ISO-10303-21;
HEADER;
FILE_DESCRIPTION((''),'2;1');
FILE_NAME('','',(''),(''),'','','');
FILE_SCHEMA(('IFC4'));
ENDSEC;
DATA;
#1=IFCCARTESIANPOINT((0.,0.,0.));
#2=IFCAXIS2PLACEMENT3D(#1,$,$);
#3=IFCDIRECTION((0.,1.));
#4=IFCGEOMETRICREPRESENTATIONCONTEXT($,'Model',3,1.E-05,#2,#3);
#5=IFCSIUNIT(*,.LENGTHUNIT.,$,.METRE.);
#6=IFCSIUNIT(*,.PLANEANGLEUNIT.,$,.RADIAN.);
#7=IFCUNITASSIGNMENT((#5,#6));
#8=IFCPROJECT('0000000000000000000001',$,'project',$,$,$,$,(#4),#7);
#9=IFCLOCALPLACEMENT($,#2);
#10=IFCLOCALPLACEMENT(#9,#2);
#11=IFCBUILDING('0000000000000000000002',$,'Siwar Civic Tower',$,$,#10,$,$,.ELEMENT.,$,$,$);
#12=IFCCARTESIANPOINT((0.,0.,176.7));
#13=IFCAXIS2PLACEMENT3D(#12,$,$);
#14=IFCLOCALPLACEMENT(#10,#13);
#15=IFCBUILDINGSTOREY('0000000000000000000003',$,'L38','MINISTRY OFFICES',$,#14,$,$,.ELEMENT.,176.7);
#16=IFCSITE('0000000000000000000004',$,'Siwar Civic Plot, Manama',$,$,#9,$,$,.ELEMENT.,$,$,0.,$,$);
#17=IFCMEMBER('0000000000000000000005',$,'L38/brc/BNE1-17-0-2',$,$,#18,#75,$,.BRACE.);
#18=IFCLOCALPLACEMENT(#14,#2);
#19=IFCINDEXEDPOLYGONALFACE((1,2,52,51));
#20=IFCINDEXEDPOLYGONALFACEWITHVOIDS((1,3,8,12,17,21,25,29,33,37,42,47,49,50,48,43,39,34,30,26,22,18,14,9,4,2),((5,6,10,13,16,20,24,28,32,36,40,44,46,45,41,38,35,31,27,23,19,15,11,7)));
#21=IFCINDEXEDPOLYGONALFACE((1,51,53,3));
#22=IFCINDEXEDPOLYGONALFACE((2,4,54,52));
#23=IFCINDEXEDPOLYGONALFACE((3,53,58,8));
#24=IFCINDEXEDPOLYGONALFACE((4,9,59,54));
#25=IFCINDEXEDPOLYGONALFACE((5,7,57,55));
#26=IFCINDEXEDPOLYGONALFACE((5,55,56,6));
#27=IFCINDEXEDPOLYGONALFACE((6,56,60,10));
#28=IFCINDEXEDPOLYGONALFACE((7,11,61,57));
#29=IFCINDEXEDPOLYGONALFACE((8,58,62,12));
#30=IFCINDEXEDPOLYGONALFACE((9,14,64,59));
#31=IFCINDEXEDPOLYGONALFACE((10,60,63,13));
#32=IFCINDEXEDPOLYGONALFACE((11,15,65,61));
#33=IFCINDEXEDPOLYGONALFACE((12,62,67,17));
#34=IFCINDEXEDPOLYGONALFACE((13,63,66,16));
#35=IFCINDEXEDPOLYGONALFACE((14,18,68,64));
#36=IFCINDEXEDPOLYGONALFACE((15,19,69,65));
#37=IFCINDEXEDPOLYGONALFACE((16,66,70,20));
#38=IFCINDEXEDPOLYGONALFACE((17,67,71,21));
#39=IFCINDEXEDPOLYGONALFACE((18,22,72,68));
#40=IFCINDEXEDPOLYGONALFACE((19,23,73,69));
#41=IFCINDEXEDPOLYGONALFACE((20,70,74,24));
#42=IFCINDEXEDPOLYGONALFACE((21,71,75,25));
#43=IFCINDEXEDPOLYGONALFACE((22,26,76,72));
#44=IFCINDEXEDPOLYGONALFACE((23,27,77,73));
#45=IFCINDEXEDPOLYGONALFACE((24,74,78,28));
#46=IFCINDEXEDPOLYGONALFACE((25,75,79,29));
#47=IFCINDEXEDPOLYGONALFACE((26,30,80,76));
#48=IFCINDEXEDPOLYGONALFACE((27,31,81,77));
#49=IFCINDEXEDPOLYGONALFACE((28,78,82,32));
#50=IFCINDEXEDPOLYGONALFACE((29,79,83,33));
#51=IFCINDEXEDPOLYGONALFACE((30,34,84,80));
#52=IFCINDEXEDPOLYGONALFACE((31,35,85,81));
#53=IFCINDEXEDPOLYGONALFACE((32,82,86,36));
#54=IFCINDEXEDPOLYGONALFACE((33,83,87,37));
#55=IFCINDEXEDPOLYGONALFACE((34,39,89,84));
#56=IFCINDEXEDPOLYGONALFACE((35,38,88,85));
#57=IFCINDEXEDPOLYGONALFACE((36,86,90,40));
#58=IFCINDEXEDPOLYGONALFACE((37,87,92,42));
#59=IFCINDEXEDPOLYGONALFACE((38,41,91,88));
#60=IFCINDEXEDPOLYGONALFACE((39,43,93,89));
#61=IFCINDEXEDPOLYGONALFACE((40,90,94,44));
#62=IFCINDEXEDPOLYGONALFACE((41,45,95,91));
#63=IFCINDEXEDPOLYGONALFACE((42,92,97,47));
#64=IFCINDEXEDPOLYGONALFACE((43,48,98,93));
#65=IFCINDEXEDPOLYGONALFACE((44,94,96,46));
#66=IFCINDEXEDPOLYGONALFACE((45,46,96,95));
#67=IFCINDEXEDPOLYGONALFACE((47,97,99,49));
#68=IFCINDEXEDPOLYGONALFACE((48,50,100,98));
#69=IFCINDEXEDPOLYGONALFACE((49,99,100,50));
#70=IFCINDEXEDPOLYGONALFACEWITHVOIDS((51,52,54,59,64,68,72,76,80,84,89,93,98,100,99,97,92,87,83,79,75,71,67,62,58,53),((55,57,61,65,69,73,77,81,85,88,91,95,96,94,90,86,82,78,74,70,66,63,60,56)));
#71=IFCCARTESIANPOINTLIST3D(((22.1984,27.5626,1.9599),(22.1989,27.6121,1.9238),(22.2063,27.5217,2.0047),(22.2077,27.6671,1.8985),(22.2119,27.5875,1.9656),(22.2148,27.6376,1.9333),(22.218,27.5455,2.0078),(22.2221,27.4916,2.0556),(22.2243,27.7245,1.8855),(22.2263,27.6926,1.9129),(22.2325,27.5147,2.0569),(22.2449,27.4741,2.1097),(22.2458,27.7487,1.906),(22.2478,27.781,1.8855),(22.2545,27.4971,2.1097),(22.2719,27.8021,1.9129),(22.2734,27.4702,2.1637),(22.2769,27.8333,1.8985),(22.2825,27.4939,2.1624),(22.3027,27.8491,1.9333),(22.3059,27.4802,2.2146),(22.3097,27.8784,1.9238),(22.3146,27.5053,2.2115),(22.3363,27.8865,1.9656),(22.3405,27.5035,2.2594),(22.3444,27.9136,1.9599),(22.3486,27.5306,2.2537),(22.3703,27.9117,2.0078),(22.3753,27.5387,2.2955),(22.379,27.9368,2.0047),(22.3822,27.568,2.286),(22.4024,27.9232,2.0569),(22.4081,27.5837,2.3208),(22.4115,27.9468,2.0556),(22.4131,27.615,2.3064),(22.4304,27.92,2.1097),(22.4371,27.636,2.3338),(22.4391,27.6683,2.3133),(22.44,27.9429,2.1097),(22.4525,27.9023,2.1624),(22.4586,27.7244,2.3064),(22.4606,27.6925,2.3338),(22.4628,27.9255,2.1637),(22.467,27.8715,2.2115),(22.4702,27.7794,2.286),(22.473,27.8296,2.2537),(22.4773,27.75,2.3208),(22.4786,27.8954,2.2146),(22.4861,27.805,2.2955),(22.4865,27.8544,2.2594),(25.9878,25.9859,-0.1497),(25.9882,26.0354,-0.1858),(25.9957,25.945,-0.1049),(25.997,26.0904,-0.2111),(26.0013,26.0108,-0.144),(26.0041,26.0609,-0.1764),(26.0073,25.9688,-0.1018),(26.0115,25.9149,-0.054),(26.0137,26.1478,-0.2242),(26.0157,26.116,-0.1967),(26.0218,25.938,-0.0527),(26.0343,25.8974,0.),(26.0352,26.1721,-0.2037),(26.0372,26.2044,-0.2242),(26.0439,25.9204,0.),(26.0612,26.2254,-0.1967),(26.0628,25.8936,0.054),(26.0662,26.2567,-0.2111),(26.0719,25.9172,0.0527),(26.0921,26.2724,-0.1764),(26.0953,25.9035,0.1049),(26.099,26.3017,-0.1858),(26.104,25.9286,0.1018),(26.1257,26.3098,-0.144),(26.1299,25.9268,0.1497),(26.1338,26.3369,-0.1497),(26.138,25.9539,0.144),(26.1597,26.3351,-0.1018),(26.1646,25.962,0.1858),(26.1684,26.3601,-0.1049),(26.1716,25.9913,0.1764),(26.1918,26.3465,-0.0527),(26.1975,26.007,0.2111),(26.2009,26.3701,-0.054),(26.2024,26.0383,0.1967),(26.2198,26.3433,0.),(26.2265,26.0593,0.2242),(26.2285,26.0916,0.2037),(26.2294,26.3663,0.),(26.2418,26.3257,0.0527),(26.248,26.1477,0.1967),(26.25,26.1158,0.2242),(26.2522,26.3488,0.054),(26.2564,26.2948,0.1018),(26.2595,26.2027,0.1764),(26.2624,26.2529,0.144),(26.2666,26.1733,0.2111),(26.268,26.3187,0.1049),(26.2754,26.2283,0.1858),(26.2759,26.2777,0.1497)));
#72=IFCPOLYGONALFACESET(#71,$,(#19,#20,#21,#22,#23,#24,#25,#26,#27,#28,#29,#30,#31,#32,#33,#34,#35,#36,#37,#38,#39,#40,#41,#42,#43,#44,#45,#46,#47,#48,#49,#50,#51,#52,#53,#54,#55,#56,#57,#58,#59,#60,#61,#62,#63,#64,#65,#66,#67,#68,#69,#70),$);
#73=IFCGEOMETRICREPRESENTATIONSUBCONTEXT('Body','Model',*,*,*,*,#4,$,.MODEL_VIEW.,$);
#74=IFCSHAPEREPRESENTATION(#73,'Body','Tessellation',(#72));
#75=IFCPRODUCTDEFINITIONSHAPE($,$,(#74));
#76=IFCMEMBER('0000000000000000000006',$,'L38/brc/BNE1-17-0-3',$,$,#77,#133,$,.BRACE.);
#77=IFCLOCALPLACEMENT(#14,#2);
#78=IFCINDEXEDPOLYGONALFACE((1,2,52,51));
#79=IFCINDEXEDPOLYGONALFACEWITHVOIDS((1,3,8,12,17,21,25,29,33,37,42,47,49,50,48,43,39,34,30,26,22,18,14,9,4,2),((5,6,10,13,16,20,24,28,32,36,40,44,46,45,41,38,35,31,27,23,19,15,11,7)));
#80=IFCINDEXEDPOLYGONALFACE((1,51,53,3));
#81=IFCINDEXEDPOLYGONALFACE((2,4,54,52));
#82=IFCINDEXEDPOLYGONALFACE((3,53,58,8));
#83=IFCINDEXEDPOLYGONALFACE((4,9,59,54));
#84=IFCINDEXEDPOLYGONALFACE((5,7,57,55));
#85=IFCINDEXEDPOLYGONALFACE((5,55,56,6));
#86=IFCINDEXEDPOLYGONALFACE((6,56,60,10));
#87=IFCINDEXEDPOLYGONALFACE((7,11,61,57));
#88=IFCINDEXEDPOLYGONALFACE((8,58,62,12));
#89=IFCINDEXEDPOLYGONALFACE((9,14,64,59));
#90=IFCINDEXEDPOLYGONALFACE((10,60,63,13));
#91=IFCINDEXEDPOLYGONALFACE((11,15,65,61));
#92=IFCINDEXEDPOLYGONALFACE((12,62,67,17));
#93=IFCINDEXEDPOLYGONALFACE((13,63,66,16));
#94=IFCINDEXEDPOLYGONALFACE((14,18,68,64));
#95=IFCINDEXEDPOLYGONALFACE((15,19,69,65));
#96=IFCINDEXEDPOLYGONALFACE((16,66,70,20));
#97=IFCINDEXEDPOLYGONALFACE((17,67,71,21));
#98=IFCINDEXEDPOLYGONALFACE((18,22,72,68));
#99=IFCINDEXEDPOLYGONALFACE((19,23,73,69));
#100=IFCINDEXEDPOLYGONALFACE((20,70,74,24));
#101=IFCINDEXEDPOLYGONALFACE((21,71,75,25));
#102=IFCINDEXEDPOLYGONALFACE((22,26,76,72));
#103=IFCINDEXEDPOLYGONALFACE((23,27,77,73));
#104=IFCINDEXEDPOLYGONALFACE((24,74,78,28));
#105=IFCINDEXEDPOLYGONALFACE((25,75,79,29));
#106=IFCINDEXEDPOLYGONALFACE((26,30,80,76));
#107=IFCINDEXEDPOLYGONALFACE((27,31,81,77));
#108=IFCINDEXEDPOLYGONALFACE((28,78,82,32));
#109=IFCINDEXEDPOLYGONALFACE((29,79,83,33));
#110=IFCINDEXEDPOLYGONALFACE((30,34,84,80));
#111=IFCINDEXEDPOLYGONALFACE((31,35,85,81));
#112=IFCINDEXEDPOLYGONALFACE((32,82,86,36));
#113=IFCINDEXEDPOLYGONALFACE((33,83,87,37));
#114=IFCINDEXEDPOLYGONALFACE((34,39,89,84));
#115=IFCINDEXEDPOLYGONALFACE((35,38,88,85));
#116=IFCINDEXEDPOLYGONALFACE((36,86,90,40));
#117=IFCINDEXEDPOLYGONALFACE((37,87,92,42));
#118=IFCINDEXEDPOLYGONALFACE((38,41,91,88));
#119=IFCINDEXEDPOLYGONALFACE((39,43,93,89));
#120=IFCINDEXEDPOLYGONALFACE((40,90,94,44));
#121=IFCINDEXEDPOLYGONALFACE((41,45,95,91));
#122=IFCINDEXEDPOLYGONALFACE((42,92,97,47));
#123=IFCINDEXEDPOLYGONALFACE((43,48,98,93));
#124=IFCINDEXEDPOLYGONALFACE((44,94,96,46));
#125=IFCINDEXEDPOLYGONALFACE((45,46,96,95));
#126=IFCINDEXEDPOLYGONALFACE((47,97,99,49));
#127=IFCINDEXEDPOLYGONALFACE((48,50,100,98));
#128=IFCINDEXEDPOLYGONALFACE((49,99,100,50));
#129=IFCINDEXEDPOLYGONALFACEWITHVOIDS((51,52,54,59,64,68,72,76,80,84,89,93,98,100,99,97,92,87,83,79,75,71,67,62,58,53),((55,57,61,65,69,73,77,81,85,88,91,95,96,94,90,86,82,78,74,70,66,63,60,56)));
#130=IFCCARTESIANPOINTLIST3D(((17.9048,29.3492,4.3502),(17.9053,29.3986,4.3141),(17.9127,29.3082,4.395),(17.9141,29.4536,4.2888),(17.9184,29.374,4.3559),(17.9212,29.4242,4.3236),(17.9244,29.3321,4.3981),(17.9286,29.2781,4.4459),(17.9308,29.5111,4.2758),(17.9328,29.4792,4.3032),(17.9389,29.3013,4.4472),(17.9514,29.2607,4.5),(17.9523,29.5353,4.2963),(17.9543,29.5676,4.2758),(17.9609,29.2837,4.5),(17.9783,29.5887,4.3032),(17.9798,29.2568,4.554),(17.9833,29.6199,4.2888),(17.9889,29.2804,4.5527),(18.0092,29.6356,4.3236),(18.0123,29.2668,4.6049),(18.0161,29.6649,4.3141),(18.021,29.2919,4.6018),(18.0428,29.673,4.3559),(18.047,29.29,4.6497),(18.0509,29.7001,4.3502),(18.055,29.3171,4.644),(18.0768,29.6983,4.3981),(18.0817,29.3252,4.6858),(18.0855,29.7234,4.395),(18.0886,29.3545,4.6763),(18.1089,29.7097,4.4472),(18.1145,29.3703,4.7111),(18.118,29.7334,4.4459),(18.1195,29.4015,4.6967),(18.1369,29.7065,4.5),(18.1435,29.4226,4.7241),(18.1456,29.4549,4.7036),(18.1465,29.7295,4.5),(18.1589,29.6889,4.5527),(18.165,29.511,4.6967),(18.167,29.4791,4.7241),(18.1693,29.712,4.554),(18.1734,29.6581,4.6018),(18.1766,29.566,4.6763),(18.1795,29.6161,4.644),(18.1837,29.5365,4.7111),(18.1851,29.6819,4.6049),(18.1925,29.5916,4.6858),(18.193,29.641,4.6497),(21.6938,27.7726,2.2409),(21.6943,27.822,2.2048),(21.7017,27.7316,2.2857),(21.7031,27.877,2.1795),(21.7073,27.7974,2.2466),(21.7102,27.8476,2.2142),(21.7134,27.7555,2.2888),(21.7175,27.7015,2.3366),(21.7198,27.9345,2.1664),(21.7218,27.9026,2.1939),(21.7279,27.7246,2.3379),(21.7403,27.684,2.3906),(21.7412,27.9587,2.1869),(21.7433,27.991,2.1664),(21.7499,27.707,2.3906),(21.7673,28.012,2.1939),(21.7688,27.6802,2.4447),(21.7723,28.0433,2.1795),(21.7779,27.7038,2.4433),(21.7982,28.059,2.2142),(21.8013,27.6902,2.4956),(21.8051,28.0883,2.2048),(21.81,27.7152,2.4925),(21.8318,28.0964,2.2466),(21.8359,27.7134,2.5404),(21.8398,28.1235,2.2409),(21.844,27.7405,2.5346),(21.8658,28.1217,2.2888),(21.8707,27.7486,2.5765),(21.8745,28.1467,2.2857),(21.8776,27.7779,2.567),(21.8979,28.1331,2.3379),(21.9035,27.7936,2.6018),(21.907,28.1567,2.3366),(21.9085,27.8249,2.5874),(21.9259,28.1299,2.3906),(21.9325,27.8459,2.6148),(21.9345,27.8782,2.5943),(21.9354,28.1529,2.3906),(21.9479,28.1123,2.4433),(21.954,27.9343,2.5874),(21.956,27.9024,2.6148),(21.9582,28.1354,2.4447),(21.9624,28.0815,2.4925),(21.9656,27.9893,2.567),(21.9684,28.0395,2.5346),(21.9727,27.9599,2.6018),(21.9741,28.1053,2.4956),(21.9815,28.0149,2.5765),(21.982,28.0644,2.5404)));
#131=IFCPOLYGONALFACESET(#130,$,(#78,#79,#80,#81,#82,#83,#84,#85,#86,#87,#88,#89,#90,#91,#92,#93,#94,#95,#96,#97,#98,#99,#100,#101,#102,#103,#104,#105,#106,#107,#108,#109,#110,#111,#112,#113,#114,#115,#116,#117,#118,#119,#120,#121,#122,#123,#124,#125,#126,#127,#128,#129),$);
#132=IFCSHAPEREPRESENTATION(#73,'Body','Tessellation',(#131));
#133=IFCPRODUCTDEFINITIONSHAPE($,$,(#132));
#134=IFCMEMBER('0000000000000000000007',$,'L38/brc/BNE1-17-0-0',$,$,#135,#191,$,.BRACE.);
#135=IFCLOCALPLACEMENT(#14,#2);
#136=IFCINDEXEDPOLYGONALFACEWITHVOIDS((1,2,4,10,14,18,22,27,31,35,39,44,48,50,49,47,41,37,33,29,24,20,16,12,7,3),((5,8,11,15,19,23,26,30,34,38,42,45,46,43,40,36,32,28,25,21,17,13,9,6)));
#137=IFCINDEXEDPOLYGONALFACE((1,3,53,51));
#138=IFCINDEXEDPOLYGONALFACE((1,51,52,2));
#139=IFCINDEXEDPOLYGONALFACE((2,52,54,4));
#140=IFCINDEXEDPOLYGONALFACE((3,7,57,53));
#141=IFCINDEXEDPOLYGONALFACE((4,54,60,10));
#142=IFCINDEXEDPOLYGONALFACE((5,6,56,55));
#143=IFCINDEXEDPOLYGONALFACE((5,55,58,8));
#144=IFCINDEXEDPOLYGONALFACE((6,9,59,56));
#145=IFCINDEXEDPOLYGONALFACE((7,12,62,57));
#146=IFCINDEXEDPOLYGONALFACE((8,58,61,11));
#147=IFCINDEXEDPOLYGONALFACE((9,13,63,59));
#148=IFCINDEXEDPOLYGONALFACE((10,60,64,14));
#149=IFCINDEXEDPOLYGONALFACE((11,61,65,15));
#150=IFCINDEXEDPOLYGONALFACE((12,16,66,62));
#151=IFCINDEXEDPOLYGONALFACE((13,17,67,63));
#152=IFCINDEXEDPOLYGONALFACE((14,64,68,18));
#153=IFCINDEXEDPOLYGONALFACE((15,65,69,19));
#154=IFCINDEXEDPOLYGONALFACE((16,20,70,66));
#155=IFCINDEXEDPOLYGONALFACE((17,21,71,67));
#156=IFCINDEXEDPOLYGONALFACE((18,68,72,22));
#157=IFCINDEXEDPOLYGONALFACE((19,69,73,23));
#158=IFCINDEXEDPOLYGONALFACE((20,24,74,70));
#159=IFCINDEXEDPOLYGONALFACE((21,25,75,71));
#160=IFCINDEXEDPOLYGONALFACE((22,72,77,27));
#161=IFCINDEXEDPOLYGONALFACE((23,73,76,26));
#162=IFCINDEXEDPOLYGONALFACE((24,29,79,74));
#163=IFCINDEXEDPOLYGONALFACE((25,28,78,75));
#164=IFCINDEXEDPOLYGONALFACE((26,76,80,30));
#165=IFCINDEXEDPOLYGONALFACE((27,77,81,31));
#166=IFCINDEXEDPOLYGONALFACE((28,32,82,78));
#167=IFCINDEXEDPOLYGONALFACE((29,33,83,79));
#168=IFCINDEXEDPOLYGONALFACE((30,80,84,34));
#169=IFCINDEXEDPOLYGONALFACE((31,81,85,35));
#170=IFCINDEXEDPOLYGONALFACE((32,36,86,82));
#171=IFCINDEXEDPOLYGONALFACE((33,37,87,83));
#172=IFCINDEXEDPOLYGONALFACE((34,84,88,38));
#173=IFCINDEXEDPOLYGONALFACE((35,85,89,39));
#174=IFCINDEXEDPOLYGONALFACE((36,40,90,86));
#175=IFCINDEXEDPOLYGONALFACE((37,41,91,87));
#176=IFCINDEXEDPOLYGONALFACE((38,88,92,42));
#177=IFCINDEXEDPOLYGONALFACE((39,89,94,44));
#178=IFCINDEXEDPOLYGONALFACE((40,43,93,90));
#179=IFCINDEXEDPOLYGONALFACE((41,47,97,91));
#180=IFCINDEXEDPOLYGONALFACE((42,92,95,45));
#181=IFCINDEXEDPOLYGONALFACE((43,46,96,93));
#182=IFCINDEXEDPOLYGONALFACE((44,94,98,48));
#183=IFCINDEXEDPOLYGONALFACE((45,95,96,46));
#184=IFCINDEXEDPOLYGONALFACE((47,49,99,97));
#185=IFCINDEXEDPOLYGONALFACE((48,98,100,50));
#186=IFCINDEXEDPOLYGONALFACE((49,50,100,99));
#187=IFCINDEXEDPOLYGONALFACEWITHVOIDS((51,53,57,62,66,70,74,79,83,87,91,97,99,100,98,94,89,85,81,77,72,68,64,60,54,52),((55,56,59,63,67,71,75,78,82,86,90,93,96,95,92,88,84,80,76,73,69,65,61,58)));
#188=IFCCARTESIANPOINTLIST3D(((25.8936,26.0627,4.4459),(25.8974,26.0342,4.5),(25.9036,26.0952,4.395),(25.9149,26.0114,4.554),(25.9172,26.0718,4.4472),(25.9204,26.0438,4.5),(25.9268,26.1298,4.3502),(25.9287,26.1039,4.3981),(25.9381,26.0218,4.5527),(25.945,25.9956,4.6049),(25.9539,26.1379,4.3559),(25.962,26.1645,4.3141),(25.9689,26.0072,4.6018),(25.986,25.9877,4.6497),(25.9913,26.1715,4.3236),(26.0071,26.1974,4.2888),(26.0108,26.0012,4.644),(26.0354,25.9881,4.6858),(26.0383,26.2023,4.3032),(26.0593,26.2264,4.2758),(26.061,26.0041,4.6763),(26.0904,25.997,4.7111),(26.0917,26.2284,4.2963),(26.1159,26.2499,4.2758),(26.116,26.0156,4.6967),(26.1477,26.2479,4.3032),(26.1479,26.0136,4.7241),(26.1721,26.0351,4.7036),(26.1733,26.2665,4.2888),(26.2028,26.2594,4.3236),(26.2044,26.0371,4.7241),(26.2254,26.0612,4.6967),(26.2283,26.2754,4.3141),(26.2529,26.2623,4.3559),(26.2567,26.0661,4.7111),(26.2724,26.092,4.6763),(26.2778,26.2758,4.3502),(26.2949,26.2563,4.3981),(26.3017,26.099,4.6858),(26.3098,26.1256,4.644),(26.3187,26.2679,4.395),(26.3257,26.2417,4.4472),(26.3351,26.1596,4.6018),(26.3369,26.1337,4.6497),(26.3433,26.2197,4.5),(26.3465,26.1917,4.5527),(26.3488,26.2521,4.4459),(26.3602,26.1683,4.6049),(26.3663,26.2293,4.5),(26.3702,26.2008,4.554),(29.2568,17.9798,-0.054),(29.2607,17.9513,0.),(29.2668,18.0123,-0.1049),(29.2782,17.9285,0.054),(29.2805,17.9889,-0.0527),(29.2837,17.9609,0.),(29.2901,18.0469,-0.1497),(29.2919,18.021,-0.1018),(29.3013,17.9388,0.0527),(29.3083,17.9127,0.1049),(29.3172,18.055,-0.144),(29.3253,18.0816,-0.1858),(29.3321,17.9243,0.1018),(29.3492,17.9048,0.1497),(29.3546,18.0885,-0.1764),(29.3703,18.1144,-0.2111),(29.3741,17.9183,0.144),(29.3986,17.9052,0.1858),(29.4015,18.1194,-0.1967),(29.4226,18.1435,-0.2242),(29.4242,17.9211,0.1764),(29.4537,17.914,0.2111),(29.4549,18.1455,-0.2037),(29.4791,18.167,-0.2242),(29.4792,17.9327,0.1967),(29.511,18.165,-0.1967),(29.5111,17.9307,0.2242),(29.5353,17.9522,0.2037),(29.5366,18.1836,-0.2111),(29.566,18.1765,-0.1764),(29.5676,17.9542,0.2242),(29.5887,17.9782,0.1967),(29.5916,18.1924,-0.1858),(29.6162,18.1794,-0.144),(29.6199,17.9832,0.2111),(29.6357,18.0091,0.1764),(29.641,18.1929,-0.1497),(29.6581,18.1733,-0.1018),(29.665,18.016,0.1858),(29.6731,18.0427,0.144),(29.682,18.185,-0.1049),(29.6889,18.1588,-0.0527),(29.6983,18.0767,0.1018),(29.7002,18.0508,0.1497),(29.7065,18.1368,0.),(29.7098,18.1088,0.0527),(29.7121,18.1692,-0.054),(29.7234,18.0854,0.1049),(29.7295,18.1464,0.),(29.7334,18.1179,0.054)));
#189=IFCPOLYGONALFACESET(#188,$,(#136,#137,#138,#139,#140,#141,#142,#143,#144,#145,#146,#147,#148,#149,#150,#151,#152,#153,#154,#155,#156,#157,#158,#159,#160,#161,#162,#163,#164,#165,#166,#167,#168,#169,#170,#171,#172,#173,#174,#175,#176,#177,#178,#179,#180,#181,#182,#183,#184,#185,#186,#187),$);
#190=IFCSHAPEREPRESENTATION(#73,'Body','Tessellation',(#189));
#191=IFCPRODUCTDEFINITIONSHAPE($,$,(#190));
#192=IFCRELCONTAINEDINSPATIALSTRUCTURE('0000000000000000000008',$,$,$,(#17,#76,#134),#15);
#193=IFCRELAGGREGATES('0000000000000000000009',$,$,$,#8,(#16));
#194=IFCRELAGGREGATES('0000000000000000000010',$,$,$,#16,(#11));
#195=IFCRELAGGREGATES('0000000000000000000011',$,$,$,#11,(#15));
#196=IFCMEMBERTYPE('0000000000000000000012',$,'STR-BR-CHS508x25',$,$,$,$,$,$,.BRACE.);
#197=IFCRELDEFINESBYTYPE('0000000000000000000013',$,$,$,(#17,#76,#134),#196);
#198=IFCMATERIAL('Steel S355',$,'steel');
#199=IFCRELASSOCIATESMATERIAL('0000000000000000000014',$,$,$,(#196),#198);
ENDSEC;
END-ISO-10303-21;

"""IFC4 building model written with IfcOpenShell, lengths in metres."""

from ifc_helpers import new_model, si_unit, direction, frame, origin, origin_2d, place, context, subcontext, project, spatial, hollow_circle, extrude, material, material_profile, profile_set, type_object, element, save


model = new_model("IFC4")

# Units and contexts
model_context = context("Model", 3, precision=1e-05, world=origin(), true_north=direction((0.0, 1.0)))
body_context = subcontext(model_context, "Body", "Model", "MODEL_VIEW")
ifc_project = project(units=[si_unit("LENGTHUNIT", "METRE"), si_unit("PLANEANGLEUNIT", "RADIAN")], contexts=[model_context])

# Site, building, storey
site_placement = place(None, origin())
site = spatial("IfcSite", under=ifc_project, at=site_placement, Name="Siwar Civic Plot, Manama", CompositionType="ELEMENT", RefElevation=0.0)
building_placement = place(site_placement, origin())
building = spatial("IfcBuilding", under=site, at=building_placement, Name="Siwar Civic Tower", CompositionType="ELEMENT")
storey_placement = place(building_placement, frame((0.0, 0.0, 176.7)))
storey = spatial("IfcBuildingStorey", under=building, at=storey_placement, Name="L38", Description="MINISTRY OFFICES", CompositionType="ELEMENT", Elevation=176.7)

# Members
ifc_material_1 = material(Name="Steel S355", Category="steel")
ifc_material_profile_1 = material_profile(ifc_material_1, hollow_circle(Radius=0.2539, WallThickness=0.0249, at=origin_2d()), Name="CHS508x25")
ifc_profile_set_1 = profile_set([ifc_material_profile_1], Name="Steel S355")
member_type_1 = type_object("IfcMemberType", Name="STR-BR-CHS508x25", PredefinedType="BRACE", material=ifc_profile_set_1)
member_1_placement = place(storey_placement, frame((26.1318, 26.1318, 0.0), z_axis=(-0.821143, 0.341662, 0.457155), x_axis=(-0.384155, -0.923269, 0.0)))
element("IfcMember", 1, at=member_1_placement, inside=storey, type_object=member_type_1, Name="L38/brc/BNE1-17-0-2", PredefinedType="BRACE", context=body_context, shape_type="SweptSolid", body=[
    extrude(hollow_circle(Radius=0.2539, WallThickness=0.0249, at=origin_2d()), origin(), (0.0, 0.0, 1.0), 4.6147),
])
member_2_placement = place(storey_placement, frame((21.8379, 27.9185, 2.3906), z_axis=(-0.821146, 0.341686, 0.457133), x_axis=(-0.384176, -0.92326, 0.0)))
element("IfcMember", 2, at=member_2_placement, inside=storey, type_object=member_type_1, Name="L38/brc/BNE1-17-0-3", PredefinedType="BRACE", context=body_context, shape_type="SweptSolid", body=[
    extrude(hollow_circle(Radius=0.2539, WallThickness=0.0249, at=origin_2d()), origin(), (0.0, 0.0, 1.0), 4.6143),
])
member_3_placement = place(storey_placement, frame((29.4951, 18.0488, 0.0), z_axis=(-0.341671, 0.821143, 0.457149), x_axis=(-0.923265, -0.384164, 0.0)))
element("IfcMember", 3, at=member_3_placement, inside=storey, type_object=member_type_1, Name="L38/brc/BNE1-17-0-0", PredefinedType="BRACE", context=body_context, shape_type="SweptSolid", body=[
    extrude(hollow_circle(Radius=0.2539, WallThickness=0.0249, at=origin_2d()), origin(), (0.0, 0.0, 1.0), 9.8435),
])

save(model, "model.ifc")
